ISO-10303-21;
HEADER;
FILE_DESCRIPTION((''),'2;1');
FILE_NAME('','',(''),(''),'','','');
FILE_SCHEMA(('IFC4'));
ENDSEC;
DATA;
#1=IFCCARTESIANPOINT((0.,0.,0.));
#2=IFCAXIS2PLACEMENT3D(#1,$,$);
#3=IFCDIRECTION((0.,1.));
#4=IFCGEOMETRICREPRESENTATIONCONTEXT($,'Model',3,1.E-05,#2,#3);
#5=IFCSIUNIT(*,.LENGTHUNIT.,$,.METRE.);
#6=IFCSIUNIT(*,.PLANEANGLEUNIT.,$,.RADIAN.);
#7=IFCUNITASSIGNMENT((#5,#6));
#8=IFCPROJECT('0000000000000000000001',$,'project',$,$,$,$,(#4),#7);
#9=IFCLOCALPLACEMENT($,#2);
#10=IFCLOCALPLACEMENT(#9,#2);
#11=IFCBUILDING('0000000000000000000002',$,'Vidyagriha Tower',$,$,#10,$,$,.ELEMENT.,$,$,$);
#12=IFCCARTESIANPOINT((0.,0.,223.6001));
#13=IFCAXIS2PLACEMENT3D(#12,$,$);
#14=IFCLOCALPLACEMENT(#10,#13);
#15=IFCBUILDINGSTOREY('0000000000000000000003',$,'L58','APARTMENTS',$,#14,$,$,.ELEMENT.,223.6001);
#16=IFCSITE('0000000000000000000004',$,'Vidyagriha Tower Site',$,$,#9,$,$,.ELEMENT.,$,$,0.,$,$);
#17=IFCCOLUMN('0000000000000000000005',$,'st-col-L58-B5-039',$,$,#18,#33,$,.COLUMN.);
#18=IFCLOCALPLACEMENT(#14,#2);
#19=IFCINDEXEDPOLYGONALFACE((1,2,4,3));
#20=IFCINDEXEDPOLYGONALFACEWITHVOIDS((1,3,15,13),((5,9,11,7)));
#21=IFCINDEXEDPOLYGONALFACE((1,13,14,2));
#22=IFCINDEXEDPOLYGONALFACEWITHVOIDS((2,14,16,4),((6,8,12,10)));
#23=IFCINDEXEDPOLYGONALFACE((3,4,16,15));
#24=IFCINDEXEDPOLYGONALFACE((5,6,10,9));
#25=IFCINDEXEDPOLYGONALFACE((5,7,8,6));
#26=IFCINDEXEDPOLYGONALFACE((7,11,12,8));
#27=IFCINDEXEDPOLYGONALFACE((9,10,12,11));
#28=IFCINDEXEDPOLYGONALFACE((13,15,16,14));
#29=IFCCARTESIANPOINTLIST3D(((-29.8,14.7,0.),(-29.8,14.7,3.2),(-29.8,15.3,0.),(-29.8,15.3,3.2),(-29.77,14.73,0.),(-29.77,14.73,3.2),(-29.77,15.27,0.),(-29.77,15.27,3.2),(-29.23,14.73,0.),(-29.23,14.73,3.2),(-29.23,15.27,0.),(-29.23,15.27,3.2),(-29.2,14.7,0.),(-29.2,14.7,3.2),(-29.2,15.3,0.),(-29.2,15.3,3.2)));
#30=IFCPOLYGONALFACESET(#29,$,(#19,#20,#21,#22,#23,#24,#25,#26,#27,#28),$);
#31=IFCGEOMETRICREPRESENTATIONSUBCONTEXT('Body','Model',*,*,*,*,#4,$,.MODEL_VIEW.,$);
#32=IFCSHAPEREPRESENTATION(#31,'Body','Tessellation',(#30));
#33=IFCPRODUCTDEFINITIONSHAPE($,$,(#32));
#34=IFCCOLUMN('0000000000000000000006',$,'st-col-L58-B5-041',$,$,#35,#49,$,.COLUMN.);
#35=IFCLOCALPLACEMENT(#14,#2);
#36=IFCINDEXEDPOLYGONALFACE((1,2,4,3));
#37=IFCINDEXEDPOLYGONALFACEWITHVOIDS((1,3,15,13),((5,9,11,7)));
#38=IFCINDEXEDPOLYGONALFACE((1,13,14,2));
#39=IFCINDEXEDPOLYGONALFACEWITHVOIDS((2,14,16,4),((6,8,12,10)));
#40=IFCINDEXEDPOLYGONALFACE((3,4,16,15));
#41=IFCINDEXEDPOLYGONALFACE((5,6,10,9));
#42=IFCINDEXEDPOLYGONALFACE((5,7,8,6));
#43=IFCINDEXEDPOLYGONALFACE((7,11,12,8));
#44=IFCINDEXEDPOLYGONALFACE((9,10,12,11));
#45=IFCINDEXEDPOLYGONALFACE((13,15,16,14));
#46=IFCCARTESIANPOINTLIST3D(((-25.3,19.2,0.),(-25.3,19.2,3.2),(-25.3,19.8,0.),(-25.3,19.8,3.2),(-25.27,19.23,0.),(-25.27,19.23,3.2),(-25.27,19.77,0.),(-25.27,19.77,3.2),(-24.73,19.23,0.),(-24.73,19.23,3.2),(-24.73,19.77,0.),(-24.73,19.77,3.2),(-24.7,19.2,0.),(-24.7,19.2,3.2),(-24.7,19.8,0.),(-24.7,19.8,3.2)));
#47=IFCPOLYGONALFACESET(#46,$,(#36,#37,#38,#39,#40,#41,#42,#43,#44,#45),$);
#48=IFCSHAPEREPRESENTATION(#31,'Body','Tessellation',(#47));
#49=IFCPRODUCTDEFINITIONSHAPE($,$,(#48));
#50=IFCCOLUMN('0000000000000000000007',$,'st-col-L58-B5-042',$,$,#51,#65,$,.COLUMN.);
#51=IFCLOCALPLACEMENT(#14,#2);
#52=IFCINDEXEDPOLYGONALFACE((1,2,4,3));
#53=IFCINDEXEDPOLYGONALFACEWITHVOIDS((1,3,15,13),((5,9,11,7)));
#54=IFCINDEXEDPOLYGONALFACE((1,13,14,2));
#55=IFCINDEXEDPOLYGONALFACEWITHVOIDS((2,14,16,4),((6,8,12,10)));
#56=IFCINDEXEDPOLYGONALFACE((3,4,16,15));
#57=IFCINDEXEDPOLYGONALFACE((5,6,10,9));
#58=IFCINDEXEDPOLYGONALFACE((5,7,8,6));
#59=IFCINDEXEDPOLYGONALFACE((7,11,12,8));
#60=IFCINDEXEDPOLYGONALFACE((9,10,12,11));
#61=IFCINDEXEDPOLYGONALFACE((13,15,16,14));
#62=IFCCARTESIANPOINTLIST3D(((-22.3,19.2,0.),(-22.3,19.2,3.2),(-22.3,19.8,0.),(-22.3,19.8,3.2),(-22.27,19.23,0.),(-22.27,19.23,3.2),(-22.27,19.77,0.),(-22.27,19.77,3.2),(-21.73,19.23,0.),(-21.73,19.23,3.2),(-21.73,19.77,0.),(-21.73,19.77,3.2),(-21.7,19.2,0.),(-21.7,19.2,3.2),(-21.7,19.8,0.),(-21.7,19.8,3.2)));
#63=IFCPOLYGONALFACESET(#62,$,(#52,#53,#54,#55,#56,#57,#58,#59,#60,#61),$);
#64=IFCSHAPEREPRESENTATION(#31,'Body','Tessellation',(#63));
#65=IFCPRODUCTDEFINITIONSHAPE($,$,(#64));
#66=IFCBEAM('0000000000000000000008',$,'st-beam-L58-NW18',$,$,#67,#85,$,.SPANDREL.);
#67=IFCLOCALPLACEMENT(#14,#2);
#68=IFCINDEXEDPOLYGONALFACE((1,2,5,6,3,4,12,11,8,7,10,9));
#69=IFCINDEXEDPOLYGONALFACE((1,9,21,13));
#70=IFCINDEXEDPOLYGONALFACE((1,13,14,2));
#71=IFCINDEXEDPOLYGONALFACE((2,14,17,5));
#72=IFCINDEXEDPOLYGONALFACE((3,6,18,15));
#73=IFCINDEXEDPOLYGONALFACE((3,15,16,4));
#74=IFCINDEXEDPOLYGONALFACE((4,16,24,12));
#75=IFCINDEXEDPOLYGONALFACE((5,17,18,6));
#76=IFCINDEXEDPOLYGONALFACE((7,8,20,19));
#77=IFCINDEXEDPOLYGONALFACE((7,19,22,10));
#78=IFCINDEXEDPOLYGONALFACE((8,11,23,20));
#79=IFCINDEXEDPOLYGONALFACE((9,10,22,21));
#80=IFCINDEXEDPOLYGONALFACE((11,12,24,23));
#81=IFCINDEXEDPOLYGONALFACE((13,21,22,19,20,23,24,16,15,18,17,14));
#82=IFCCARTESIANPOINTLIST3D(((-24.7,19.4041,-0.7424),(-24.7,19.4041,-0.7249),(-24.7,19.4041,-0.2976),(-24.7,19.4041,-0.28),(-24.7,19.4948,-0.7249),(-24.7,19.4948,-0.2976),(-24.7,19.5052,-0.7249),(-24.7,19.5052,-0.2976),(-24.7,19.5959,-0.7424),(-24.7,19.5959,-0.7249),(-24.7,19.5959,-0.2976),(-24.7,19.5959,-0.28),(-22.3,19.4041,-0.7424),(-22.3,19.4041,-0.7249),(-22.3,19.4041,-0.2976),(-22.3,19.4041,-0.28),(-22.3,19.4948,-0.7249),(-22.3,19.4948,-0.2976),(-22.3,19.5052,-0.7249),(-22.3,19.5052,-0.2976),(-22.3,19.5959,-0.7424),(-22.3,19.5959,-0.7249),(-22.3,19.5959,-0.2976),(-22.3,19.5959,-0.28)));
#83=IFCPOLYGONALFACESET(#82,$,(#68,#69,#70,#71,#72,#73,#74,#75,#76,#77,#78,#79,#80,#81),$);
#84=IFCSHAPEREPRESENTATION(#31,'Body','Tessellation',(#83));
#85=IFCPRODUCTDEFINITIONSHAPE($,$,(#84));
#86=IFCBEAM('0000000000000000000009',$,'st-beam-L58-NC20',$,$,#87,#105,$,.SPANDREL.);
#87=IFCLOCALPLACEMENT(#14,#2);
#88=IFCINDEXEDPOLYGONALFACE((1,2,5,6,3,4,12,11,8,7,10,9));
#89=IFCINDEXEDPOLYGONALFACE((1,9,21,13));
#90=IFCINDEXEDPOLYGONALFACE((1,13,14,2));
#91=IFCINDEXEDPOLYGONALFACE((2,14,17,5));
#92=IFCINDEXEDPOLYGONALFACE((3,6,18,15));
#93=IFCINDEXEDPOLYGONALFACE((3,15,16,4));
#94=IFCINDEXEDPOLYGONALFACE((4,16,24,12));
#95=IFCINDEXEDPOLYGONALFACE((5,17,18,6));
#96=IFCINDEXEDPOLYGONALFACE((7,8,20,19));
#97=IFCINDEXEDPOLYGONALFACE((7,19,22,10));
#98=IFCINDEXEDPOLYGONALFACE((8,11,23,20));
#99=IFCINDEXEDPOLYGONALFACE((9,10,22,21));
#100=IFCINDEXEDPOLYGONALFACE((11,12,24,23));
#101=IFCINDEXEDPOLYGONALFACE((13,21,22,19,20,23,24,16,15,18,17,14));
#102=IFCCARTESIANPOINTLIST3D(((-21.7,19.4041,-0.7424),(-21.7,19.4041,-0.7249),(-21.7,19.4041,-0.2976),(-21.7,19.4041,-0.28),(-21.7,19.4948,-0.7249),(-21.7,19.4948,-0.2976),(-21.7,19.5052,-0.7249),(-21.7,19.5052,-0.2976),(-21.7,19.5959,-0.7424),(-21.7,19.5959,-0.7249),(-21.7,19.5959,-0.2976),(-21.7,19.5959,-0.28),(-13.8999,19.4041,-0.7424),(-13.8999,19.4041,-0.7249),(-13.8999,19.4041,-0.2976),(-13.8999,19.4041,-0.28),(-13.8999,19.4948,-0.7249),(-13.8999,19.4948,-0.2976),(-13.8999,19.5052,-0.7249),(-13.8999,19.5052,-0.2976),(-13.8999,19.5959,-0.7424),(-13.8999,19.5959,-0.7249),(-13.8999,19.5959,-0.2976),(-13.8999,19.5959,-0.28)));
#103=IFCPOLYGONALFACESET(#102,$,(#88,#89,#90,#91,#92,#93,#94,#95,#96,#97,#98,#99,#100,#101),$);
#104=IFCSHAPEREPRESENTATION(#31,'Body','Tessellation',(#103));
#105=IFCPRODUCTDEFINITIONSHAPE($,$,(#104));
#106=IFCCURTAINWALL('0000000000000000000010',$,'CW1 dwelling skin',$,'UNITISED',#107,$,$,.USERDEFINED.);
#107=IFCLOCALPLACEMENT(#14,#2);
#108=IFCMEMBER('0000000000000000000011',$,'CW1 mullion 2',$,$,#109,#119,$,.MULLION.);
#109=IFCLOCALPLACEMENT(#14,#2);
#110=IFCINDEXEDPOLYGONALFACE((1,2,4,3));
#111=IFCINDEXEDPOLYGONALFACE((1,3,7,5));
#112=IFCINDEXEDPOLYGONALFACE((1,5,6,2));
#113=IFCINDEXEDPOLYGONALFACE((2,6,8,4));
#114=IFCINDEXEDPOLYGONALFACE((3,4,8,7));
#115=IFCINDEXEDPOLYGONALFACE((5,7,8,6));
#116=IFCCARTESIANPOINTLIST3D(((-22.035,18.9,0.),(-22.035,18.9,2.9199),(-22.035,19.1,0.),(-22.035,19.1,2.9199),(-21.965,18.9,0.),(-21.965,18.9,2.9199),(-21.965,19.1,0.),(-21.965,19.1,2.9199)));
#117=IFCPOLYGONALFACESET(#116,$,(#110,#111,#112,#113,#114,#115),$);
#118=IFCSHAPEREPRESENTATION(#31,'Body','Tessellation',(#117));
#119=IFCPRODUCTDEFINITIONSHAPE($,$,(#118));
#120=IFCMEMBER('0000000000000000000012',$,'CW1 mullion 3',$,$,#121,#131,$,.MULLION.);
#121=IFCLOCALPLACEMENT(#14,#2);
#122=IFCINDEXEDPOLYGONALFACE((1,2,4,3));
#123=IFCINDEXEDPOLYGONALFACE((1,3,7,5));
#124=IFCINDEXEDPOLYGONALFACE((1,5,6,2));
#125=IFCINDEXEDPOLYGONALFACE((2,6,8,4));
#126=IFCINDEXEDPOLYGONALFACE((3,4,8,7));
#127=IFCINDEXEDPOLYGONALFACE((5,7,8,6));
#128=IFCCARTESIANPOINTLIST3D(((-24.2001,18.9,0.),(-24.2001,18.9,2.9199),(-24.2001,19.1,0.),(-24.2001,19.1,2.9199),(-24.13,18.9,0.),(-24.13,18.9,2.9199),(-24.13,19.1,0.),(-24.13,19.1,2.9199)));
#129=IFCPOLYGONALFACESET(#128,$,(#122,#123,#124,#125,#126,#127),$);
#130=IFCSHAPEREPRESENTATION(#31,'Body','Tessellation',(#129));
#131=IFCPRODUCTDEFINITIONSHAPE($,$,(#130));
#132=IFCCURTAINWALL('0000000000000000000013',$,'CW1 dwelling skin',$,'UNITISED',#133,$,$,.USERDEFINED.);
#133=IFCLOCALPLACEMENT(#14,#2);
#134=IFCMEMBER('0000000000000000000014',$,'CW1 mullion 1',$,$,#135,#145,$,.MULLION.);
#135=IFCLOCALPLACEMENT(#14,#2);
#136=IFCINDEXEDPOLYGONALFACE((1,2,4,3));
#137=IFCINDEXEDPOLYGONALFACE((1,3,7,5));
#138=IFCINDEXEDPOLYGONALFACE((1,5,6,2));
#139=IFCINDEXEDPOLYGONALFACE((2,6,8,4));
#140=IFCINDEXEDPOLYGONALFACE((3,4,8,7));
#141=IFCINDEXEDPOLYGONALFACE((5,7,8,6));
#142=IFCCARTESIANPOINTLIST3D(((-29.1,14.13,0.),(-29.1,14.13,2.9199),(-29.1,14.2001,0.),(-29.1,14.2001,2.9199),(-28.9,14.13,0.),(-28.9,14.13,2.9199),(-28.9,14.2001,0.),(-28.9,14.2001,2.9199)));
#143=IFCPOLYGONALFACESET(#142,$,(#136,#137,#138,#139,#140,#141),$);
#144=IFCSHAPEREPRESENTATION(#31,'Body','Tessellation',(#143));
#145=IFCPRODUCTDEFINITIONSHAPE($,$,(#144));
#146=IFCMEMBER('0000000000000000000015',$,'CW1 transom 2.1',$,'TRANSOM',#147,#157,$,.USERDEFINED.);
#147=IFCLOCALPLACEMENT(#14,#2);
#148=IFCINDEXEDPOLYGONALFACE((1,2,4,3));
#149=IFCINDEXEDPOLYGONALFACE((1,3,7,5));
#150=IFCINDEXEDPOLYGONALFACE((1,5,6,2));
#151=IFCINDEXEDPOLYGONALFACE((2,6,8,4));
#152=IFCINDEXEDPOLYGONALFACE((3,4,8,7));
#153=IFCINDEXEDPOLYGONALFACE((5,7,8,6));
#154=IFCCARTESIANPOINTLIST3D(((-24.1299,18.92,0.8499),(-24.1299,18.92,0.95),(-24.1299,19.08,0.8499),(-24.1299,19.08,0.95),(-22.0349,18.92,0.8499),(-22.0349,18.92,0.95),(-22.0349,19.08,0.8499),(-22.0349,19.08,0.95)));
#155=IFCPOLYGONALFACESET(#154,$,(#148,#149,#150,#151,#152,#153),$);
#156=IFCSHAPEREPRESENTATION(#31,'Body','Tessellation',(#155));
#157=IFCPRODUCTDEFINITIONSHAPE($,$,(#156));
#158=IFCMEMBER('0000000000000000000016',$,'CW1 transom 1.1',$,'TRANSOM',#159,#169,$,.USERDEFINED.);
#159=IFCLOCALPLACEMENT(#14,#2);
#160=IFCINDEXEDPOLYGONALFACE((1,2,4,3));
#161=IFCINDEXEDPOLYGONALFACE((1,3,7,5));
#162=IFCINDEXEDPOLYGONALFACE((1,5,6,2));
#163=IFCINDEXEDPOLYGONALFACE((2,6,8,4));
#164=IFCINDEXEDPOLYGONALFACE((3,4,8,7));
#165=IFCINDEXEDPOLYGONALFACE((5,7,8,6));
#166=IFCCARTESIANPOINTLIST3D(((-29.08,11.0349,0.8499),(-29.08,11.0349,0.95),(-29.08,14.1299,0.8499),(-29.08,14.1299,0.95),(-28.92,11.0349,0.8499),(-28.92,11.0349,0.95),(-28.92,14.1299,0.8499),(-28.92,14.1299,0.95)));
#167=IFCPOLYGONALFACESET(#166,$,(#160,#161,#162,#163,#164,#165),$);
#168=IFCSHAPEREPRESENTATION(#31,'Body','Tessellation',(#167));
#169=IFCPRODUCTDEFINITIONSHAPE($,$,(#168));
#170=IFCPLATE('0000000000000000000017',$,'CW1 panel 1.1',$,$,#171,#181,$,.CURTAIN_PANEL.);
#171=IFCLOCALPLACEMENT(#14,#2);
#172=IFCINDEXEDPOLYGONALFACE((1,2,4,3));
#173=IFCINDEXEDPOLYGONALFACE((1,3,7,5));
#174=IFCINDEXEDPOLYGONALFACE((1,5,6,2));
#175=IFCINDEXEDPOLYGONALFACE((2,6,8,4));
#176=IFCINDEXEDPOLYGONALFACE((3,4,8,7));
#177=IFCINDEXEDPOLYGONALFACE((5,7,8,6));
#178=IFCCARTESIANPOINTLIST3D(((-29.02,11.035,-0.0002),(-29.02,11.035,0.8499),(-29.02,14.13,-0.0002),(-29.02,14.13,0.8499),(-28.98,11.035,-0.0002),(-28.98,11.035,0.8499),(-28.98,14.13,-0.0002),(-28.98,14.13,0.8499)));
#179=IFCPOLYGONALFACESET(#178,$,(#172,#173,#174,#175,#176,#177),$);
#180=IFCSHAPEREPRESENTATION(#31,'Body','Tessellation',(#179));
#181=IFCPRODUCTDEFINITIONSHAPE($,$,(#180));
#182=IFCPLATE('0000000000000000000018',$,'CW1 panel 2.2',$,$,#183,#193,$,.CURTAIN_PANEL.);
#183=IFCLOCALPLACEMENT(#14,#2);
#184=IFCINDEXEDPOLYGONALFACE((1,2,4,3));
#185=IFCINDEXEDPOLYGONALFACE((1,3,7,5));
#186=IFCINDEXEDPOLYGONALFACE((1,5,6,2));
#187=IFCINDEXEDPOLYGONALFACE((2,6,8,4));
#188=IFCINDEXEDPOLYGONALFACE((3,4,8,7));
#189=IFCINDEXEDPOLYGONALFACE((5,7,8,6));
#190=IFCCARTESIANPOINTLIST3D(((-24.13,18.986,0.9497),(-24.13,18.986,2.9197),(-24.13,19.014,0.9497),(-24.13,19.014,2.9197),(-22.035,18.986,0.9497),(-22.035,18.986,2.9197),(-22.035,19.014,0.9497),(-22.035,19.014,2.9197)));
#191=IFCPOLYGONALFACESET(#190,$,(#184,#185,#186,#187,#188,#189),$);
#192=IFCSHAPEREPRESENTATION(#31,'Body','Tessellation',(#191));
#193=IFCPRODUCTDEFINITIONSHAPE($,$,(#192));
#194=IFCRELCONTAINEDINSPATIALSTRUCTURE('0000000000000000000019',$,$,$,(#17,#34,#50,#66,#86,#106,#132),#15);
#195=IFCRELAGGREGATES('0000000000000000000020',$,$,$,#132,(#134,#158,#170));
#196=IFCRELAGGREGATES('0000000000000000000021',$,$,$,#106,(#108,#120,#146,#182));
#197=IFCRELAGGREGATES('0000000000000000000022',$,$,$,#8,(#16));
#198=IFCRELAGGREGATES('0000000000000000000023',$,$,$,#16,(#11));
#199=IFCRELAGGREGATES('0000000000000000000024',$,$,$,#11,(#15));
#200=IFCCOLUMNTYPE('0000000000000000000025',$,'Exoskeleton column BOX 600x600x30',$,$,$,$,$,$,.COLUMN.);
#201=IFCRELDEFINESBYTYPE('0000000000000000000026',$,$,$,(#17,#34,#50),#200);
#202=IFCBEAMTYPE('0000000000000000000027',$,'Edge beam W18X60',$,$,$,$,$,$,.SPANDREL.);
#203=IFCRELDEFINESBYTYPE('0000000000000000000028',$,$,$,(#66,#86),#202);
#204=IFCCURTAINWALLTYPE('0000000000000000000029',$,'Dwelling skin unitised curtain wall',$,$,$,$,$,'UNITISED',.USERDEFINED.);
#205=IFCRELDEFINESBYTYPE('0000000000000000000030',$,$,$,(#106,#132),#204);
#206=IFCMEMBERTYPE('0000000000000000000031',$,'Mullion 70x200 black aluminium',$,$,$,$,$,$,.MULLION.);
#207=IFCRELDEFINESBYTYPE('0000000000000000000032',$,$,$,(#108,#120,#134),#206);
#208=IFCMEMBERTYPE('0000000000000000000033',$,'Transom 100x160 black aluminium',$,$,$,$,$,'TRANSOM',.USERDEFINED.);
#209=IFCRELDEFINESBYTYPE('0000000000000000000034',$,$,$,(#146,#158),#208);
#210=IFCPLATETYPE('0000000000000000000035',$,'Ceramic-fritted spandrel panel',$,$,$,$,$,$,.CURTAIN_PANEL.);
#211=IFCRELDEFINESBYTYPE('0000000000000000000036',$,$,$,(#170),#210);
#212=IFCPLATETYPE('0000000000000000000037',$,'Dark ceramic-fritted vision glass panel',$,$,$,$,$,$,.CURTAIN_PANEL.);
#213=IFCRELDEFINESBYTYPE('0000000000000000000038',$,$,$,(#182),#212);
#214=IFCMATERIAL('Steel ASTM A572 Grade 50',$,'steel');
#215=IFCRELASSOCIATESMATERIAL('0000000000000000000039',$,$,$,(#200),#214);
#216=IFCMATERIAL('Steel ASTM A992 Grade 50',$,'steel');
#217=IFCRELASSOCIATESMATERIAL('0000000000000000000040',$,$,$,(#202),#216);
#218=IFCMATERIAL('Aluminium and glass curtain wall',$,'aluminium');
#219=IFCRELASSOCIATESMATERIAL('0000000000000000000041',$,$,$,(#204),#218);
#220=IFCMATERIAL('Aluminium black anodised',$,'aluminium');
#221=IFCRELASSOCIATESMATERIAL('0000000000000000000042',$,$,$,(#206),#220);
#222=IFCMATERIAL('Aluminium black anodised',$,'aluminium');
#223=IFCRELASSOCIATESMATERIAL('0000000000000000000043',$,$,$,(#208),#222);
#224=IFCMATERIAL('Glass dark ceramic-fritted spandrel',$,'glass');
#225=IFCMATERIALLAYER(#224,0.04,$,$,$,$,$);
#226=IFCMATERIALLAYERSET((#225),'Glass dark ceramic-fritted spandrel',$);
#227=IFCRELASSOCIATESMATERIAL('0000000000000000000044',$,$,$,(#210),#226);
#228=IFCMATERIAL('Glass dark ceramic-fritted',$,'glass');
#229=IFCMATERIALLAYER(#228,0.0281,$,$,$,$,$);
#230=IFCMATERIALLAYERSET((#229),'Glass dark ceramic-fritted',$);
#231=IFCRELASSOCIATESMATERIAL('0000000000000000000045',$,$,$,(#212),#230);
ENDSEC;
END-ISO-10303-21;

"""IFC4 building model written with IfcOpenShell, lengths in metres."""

from ifc_helpers import new_model, si_unit, direction, frame, origin, origin_2d, place, context, subcontext, project, spatial, rectangle, hollow_rectangle, i_section, extrude, material, layer, layer_set, material_profile, profile_set, type_object, element, aggregate, save


model = new_model("IFC4")

# Units and contexts
model_context = context("Model", 3, precision=1e-05, world=origin(), true_north=direction((0.0, 1.0)))
body_context = subcontext(model_context, "Body", "Model", "MODEL_VIEW")
ifc_project = project(units=[si_unit("LENGTHUNIT", "METRE"), si_unit("PLANEANGLEUNIT", "RADIAN")], contexts=[model_context])

# Site, building, storey
site_placement = place(None, origin())
site = spatial("IfcSite", under=ifc_project, at=site_placement, Name="Vidyagriha Tower Site", CompositionType="ELEMENT", RefElevation=0.0)
building_placement = place(site_placement, origin())
building = spatial("IfcBuilding", under=site, at=building_placement, Name="Vidyagriha Tower", CompositionType="ELEMENT")
storey_placement = place(building_placement, frame((0.0, 0.0, 223.6001)))
storey = spatial("IfcBuildingStorey", under=building, at=storey_placement, Name="L58", Description="APARTMENTS", CompositionType="ELEMENT", Elevation=223.6001)

# Columns
ifc_material_1 = material(Name="Steel ASTM A572 Grade 50", Category="steel")
ifc_material_profile_1 = material_profile(ifc_material_1, hollow_rectangle(XDim=0.6001, YDim=0.6001, WallThickness=0.03, at=origin_2d()), Name="BOX 600x600x30")
ifc_profile_set_1 = profile_set([ifc_material_profile_1], Name="Steel ASTM A572 Grade 50")
column_type = type_object("IfcColumnType", Name="Exoskeleton column BOX 600x600x30", PredefinedType="COLUMN", material=ifc_profile_set_1)
for number, where, name in (
    (1, (-29.5, 15.0, 0.0), "st-col-L58-B5-039"),
    (2, (-25.0, 19.5, 0.0), "st-col-L58-B5-041"),
    (3, (-22.0, 19.5, 0.0), "st-col-L58-B5-042"),
):
    element("IfcColumn", number, at=place(storey_placement, frame(where)), inside=storey, type_object=column_type, Name=name, PredefinedType="COLUMN", context=body_context, shape_type="SweptSolid", body=[
        extrude(hollow_rectangle(XDim=0.6001, YDim=0.6001, WallThickness=0.03, at=origin_2d()), origin(), (0.0, 0.0, 1.0), 3.2),
    ])

# Beams
ifc_material_2 = material(Name="Steel ASTM A992 Grade 50", Category="steel")
ifc_material_profile_2 = material_profile(ifc_material_2, i_section(OverallWidth=0.1919, OverallDepth=0.4624, WebThickness=0.0105, FlangeThickness=0.0176, at=origin_2d()), Name="W18X60")
ifc_profile_set_2 = profile_set([ifc_material_profile_2], Name="Steel ASTM A992 Grade 50")
beam_type = type_object("IfcBeamType", Name="Edge beam W18X60", PredefinedType="SPANDREL", material=ifc_profile_set_2)
beam_1_placement = place(storey_placement, frame((-24.7, 19.5, -0.5112), z_axis=(1.0, 0.0, 0.0), x_axis=(0.0, 1.0, 0.0)))
element("IfcBeam", 4, at=beam_1_placement, inside=storey, type_object=beam_type, Name="st-beam-L58-NW18", PredefinedType="SPANDREL", context=body_context, shape_type="SweptSolid", body=[
    extrude(i_section(OverallWidth=0.1919, OverallDepth=0.4624, WebThickness=0.0105, FlangeThickness=0.0176, at=origin_2d()), origin(), (0.0, 0.0, 1.0), 2.3999),
])
beam_2_placement = place(storey_placement, frame((-21.7, 19.5, -0.5112), z_axis=(1.0, 0.0, 0.0), x_axis=(0.0, 1.0, 0.0)))
element("IfcBeam", 5, at=beam_2_placement, inside=storey, type_object=beam_type, Name="st-beam-L58-NC20", PredefinedType="SPANDREL", context=body_context, shape_type="SweptSolid", body=[
    extrude(i_section(OverallWidth=0.1919, OverallDepth=0.4624, WebThickness=0.0105, FlangeThickness=0.0176, at=origin_2d()), origin(), (0.0, 0.0, 1.0), 7.8),
])

# Curtain wall, members
ifc_material_3 = material(Name="Aluminium and glass curtain wall", Category="aluminium")
curtain_wall_type = type_object("IfcCurtainWallType", Name="Dwelling skin unitised curtain wall", ElementType="UNITISED", PredefinedType="USERDEFINED", material=ifc_material_3)
curtain_wall_1_placement = place(storey_placement, origin())
curtain_wall_1 = element("IfcCurtainWall", 6, at=curtain_wall_1_placement, inside=storey, type_object=curtain_wall_type, Name="CW1 dwelling skin", ObjectType="UNITISED", PredefinedType="USERDEFINED")
ifc_material_4 = material(Name="Aluminium black anodised", Category="aluminium")
ifc_material_profile_3 = material_profile(ifc_material_4, rectangle(XDim=0.2, YDim=0.0701, at=origin_2d()), Name="Mullion 70x200 black aluminium")
ifc_profile_set_3 = profile_set([ifc_material_profile_3], Name="Aluminium black anodised")
member_type_1 = type_object("IfcMemberType", Name="Mullion 70x200 black aluminium", PredefinedType="MULLION", material=ifc_profile_set_3)
member_1_placement = place(storey_placement, frame((-22.0, 19.0, 0.0), z_axis=(0.0, 0.0, 1.0), x_axis=(0.0, -1.0, 0.0)))
member_1 = element("IfcMember", 7, at=member_1_placement, type_object=member_type_1, Name="CW1 mullion 2", PredefinedType="MULLION", context=body_context, shape_type="SweptSolid", body=[
    extrude(rectangle(XDim=0.2, YDim=0.0701, at=origin_2d()), origin(), (0.0, 0.0, 1.0), 2.9199),
])
member_2_placement = place(storey_placement, frame((-24.165, 19.0, 0.0), z_axis=(0.0, 0.0, 1.0), x_axis=(0.0, -1.0, 0.0)))
member_2 = element("IfcMember", 8, at=member_2_placement, type_object=member_type_1, Name="CW1 mullion 3", PredefinedType="MULLION", context=body_context, shape_type="SweptSolid", body=[
    extrude(rectangle(XDim=0.2, YDim=0.0701, at=origin_2d()), origin(), (0.0, 0.0, 1.0), 2.9199),
])

# Curtain wall, member
curtain_wall_2_placement = place(storey_placement, origin())
curtain_wall_2 = element("IfcCurtainWall", 9, at=curtain_wall_2_placement, inside=storey, type_object=curtain_wall_type, Name="CW1 dwelling skin", ObjectType="UNITISED", PredefinedType="USERDEFINED")
member_3_placement = place(storey_placement, frame((-29.0, 14.165, 0.0)))
member_3 = element("IfcMember", 10, at=member_3_placement, type_object=member_type_1, Name="CW1 mullion 1", PredefinedType="MULLION", context=body_context, shape_type="SweptSolid", body=[
    extrude(rectangle(XDim=0.2, YDim=0.0701, at=origin_2d()), origin(), (0.0, 0.0, 1.0), 2.9199),
])

# Members
ifc_material_5 = material(Name="Aluminium black anodised", Category="aluminium")
ifc_material_profile_4 = material_profile(ifc_material_5, rectangle(XDim=0.1599, YDim=0.1001, at=origin_2d()), Name="Transom 100x160 black aluminium")
ifc_profile_set_4 = profile_set([ifc_material_profile_4], Name="Aluminium black anodised")
member_type_2 = type_object("IfcMemberType", Name="Transom 100x160 black aluminium", ElementType="TRANSOM", PredefinedType="USERDEFINED", material=ifc_profile_set_4)
member_4_placement = place(storey_placement, frame((-22.0349, 19.0, 0.8999), z_axis=(-1.0, 0.0, 0.0), x_axis=(0.0, -1.0, 0.0)))
member_4 = element("IfcMember", 11, at=member_4_placement, type_object=member_type_2, Name="CW1 transom 2.1", ObjectType="TRANSOM", PredefinedType="USERDEFINED", context=body_context, shape_type="SweptSolid", body=[
    extrude(rectangle(XDim=0.1599, YDim=0.1001, at=origin_2d()), origin(), (0.0, 0.0, 1.0), 2.095),
])
member_5_placement = place(storey_placement, frame((-29.0, 14.1299, 0.8999), z_axis=(0.0, -1.0, 0.0), x_axis=(1.0, 0.0, 0.0)))
member_5 = element("IfcMember", 12, at=member_5_placement, type_object=member_type_2, Name="CW1 transom 1.1", ObjectType="TRANSOM", PredefinedType="USERDEFINED", context=body_context, shape_type="SweptSolid", body=[
    extrude(rectangle(XDim=0.1599, YDim=0.1001, at=origin_2d()), origin(), (0.0, 0.0, 1.0), 3.095),
])

# Plates
ifc_material_6 = material(Name="Glass dark ceramic-fritted spandrel", Category="glass")
ifc_layer_1 = layer(ifc_material_6, 0.04)
ifc_layer_set_1 = layer_set([ifc_layer_1], Name="Glass dark ceramic-fritted spandrel")
plate_type_1 = type_object("IfcPlateType", Name="Ceramic-fritted spandrel panel", PredefinedType="CURTAIN_PANEL", material=ifc_layer_set_1)
plate_1_placement = place(storey_placement, frame((-29.0, 12.5825, -0.0002), z_axis=(0.0, 0.0, 1.0), x_axis=(0.0, -1.0, 0.0)))
plate_1 = element("IfcPlate", 13, at=plate_1_placement, type_object=plate_type_1, Name="CW1 panel 1.1", PredefinedType="CURTAIN_PANEL", context=body_context, shape_type="SweptSolid", body=[
    extrude(rectangle(XDim=3.095, YDim=0.04, at=origin_2d()), origin(), (0.0, 0.0, 1.0), 0.8501),
])
ifc_material_7 = material(Name="Glass dark ceramic-fritted", Category="glass")
ifc_layer_2 = layer(ifc_material_7, 0.0281)
ifc_layer_set_2 = layer_set([ifc_layer_2], Name="Glass dark ceramic-fritted")
plate_type_2 = type_object("IfcPlateType", Name="Dark ceramic-fritted vision glass panel", PredefinedType="CURTAIN_PANEL", material=ifc_layer_set_2)
plate_2_placement = place(storey_placement, frame((-23.0825, 19.0, 0.9497), z_axis=(0.0, 0.0, 1.0), x_axis=(-1.0, 0.0, 0.0)))
plate_2 = element("IfcPlate", 14, at=plate_2_placement, type_object=plate_type_2, Name="CW1 panel 2.2", PredefinedType="CURTAIN_PANEL", context=body_context, shape_type="SweptSolid", body=[
    extrude(rectangle(XDim=2.095, YDim=0.0281, at=origin_2d()), origin(), (0.0, 0.0, 1.0), 1.97),
])
aggregate(curtain_wall_2, [member_3, member_5, plate_1])
aggregate(curtain_wall_1, [member_1, member_2, member_4, plate_2])

save(model, "model.ifc")
